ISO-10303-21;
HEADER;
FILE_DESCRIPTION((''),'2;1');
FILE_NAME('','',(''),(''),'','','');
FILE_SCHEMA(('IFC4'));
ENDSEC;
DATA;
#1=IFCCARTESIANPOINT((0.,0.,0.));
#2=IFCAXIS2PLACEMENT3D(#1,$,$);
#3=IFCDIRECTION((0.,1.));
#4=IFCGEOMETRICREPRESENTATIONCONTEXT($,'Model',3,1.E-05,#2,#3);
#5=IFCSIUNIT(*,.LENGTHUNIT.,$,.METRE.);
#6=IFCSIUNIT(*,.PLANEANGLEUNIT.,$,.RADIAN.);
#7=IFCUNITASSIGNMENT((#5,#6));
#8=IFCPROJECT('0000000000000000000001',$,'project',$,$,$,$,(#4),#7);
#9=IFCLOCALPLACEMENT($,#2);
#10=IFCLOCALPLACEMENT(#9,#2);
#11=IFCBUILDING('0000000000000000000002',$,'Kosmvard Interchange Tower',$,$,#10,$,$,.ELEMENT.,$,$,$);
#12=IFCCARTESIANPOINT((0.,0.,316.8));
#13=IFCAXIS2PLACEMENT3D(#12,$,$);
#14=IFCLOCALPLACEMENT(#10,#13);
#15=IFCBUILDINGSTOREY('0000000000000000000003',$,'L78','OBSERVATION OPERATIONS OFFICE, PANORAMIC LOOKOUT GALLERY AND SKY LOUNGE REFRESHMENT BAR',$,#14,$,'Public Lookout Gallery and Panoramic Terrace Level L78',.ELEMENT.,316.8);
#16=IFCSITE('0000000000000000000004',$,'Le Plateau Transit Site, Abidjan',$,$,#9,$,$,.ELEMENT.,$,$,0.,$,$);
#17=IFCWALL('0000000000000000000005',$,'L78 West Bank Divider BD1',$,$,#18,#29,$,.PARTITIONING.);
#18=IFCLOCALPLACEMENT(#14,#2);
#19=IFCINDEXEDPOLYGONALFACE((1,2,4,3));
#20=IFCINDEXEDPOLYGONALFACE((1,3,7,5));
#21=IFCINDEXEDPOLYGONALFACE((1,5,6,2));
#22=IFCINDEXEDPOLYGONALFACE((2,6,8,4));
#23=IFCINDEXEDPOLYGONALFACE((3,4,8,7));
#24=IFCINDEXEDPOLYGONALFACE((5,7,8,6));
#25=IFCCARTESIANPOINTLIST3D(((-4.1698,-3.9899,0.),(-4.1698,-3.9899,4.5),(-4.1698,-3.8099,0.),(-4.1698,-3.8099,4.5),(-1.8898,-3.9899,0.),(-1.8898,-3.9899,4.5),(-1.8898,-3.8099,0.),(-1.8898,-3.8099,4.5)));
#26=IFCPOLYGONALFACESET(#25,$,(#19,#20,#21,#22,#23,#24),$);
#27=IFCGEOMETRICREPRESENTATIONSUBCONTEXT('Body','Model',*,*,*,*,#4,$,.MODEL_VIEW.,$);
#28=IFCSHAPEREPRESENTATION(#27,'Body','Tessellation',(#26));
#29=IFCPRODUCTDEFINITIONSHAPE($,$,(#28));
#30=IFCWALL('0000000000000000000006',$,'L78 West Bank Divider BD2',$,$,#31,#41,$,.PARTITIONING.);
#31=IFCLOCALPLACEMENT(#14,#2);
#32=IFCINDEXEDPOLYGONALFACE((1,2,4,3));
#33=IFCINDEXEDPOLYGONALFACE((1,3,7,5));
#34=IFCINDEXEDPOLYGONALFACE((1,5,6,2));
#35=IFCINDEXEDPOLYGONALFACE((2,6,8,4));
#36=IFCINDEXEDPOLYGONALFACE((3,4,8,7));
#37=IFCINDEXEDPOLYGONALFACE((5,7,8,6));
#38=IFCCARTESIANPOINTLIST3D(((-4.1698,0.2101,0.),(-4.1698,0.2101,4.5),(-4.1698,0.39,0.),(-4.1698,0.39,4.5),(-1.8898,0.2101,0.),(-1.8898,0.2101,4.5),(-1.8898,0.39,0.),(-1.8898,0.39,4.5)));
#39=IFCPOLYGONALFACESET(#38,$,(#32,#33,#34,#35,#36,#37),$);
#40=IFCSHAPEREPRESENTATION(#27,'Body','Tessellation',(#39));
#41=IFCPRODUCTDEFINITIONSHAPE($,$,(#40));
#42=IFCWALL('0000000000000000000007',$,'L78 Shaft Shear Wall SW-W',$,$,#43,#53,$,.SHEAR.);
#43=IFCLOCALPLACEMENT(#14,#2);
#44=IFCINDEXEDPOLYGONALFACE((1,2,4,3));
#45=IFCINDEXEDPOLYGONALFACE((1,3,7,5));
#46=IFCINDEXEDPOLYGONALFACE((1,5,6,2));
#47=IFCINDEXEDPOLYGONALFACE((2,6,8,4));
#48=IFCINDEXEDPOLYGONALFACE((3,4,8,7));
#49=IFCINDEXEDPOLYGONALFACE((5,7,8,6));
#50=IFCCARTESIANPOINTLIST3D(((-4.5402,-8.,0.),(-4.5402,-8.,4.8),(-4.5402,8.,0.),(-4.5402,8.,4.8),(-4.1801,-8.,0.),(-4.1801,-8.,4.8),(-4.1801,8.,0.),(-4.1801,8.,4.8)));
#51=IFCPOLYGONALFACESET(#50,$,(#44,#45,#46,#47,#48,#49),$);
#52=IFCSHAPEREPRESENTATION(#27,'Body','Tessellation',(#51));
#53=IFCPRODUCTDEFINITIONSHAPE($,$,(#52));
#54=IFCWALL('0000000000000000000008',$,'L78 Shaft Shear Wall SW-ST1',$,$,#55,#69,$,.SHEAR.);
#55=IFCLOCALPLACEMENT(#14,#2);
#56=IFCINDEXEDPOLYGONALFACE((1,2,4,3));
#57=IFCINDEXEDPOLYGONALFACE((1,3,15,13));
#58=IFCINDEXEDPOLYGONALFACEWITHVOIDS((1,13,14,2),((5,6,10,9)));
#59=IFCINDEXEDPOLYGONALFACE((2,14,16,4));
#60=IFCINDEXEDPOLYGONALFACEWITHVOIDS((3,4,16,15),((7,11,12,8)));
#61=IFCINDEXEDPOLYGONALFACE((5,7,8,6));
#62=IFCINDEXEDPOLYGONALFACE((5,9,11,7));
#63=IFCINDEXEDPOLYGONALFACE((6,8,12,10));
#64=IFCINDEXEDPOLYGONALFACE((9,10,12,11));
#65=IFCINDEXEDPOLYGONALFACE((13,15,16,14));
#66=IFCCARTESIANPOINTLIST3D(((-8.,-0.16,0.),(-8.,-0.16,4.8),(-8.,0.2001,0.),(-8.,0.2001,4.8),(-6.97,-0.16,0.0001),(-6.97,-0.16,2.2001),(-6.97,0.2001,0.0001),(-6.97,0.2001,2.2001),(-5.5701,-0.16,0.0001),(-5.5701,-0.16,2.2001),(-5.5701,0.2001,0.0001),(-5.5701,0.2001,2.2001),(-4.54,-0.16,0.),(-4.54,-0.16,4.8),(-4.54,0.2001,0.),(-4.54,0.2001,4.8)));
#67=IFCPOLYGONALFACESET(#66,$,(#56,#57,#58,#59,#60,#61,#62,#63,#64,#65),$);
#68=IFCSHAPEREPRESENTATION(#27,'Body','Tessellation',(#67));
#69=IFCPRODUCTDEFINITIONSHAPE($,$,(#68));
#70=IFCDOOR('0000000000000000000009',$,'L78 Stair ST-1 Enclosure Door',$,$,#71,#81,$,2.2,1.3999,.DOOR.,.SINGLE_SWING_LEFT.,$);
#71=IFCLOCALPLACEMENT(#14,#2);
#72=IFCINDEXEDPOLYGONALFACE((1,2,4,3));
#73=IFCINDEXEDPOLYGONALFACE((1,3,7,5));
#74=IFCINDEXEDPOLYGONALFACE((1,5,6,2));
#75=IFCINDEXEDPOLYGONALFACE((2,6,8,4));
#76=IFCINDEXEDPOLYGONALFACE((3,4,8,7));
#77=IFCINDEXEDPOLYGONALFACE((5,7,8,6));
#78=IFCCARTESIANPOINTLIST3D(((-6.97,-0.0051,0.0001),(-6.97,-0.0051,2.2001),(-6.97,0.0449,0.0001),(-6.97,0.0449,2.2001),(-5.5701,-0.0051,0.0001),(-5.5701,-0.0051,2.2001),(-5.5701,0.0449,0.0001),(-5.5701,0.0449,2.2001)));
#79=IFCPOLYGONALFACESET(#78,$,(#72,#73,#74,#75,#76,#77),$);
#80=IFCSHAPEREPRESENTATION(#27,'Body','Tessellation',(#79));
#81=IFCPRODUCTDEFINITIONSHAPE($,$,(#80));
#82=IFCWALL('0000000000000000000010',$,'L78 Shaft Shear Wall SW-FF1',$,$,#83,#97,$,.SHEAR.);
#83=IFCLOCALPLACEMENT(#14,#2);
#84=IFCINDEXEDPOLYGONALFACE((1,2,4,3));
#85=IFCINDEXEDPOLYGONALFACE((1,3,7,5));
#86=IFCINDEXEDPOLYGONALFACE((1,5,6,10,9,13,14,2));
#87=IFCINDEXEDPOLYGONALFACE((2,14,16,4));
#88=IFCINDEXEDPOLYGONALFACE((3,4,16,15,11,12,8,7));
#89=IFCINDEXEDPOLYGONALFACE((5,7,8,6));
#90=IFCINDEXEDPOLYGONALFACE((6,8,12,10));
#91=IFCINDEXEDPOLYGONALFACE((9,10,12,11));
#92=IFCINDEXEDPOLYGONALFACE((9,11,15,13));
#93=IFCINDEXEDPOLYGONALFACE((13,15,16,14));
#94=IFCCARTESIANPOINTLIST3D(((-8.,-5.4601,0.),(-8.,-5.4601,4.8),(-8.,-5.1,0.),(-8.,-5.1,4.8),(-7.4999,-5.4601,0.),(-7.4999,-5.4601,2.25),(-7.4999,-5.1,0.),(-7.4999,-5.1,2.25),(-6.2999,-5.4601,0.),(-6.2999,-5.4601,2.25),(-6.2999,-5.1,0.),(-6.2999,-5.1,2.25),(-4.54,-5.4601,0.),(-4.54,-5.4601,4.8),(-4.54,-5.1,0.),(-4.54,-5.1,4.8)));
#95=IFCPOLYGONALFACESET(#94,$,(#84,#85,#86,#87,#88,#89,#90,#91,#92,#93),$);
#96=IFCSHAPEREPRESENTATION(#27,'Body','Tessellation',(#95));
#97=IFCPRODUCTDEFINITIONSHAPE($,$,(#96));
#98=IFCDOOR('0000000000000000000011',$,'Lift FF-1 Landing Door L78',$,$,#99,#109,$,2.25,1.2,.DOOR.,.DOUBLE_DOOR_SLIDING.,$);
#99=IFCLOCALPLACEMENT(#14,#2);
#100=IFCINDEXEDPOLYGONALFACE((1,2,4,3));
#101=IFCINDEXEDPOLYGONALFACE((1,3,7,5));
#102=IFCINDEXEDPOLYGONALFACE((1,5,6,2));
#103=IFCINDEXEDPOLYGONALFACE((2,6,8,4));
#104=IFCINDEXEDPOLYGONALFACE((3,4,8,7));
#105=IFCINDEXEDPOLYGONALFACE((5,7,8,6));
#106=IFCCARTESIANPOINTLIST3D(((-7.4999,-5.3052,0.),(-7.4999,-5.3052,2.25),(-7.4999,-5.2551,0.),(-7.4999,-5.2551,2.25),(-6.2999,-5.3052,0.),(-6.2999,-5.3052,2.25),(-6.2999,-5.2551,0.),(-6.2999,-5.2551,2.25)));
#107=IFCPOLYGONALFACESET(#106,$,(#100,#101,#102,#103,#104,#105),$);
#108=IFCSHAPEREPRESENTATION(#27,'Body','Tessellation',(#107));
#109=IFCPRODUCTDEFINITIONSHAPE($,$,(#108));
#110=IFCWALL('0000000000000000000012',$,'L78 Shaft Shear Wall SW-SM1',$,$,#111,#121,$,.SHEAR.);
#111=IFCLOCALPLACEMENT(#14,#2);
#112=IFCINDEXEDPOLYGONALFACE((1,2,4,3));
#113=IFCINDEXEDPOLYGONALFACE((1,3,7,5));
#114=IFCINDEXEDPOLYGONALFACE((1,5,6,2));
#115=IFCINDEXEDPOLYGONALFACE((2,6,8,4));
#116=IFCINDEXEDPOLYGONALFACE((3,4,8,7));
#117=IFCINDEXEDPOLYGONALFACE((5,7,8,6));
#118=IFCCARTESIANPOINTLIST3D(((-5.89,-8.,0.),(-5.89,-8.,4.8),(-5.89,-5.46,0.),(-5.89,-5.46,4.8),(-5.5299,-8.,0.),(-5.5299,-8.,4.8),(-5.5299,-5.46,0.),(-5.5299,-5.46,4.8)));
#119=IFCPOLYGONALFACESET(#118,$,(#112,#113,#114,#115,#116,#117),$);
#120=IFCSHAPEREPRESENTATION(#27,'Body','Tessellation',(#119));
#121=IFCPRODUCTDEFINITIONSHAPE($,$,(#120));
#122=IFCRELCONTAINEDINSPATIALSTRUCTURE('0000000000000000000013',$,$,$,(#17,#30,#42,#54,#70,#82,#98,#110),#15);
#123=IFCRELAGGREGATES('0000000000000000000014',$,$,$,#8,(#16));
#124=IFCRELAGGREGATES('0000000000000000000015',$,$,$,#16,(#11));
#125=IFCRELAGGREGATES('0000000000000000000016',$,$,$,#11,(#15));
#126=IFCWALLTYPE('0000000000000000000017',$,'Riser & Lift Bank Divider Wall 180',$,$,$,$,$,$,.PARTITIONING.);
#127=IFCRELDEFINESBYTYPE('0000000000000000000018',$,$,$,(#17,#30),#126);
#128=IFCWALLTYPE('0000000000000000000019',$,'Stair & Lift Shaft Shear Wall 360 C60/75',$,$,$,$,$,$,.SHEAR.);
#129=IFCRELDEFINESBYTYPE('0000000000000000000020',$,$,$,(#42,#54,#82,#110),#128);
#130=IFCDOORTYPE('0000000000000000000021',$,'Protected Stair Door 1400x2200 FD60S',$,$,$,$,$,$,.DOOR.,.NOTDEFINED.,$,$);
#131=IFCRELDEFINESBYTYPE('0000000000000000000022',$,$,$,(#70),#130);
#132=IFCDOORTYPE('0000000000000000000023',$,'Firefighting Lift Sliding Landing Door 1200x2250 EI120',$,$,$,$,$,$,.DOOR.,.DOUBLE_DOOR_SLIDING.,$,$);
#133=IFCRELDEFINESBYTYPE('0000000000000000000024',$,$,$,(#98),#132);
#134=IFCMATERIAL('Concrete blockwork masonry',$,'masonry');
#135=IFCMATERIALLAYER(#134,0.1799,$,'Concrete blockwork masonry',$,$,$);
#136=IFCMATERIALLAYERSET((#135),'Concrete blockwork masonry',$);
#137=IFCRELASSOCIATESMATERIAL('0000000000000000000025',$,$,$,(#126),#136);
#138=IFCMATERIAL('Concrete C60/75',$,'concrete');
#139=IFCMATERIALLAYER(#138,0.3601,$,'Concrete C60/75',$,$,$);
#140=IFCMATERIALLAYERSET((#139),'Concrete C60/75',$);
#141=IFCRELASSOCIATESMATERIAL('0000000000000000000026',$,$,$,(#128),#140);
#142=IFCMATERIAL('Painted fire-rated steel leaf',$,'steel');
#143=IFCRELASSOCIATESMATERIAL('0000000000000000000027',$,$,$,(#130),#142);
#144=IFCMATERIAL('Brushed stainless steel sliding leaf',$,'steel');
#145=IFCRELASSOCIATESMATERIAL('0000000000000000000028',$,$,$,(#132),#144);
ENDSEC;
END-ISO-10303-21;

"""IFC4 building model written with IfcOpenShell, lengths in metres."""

from ifc_helpers import new_model, si_unit, direction, frame, frame_2d, origin, place, context, subcontext, project, spatial, rectangle, extrude, source, transform, mapped, material, layer, layer_set, type_object, element, fill, save


model = new_model("IFC4")

# Units and contexts
model_context = context("Model", 3, precision=1e-05, world=origin(), true_north=direction((0.0, 1.0)))
body_context = subcontext(model_context, "Body", "Model", "MODEL_VIEW")
ifc_project = project(units=[si_unit("LENGTHUNIT", "METRE"), si_unit("PLANEANGLEUNIT", "RADIAN")], contexts=[model_context])

# Site, building, storey
site_placement = place(None, origin())
site = spatial("IfcSite", under=ifc_project, at=site_placement, Name="Le Plateau Transit Site, Abidjan", CompositionType="ELEMENT", RefElevation=0.0)
building_placement = place(site_placement, origin())
building = spatial("IfcBuilding", under=site, at=building_placement, Name="Kosmvard Interchange Tower", CompositionType="ELEMENT")
storey_placement = place(building_placement, frame((0.0, 0.0, 316.8)))
storey = spatial("IfcBuildingStorey", under=building, at=storey_placement, Name="L78", Description="OBSERVATION OPERATIONS OFFICE, PANORAMIC LOOKOUT GALLERY AND SKY LOUNGE REFRESHMENT BAR", LongName="Public Lookout Gallery and Panoramic Terrace Level L78", CompositionType="ELEMENT", Elevation=316.8)

# Shared definitions
ifc_material_1 = material(Name="Painted fire-rated steel leaf", Category="steel")
ifc_material_2 = material(Name="Brushed stainless steel sliding leaf", Category="steel")

# Walls
ifc_material_3 = material(Name="Concrete blockwork masonry", Category="masonry")
ifc_layer_1 = layer(ifc_material_3, 0.1799, Name="Concrete blockwork masonry")
ifc_layer_set_1 = layer_set([ifc_layer_1], Name="Concrete blockwork masonry")
wall_type_1 = type_object("IfcWallType", Name="Riser & Lift Bank Divider Wall 180", PredefinedType="PARTITIONING", material=ifc_layer_set_1)
for number, where, z_axis, x_axis, name in (
    (1, (-4.1699, -3.8999, 0.0), (0.0, 0.0, 1.0), (1.0, 0.0, 0.0), "L78 West Bank Divider BD1"),
    (2, (-4.1699, 0.3, 0.0), (0.0, 0.0, 1.0), (1.0, 0.0, 0.0), "L78 West Bank Divider BD2"),
):
    element("IfcWall", number, at=place(storey_placement, frame(where, z_axis=z_axis, x_axis=x_axis)), inside=storey, type_object=wall_type_1, Name=name, PredefinedType="PARTITIONING", context=body_context, shape_type="SweptSolid", body=[
        extrude(rectangle(XDim=2.28, YDim=0.1799, at=frame_2d((1.1401, 0.0))), origin(), (0.0, 0.0, 1.0), 4.5),
    ])
ifc_material_4 = material(Name="Concrete C60/75", Category="concrete")
ifc_layer_2 = layer(ifc_material_4, 0.3601, Name="Concrete C60/75")
ifc_layer_set_2 = layer_set([ifc_layer_2], Name="Concrete C60/75")
wall_type_2 = type_object("IfcWallType", Name="Stair & Lift Shaft Shear Wall 360 C60/75", PredefinedType="SHEAR", material=ifc_layer_set_2)
wall_1_placement = place(storey_placement, frame((-4.3601, -8.0, 0.0), z_axis=(0.0, 0.0, 1.0), x_axis=(0.0, 1.0, 0.0)))
element("IfcWall", 3, at=wall_1_placement, inside=storey, type_object=wall_type_2, Name="L78 Shaft Shear Wall SW-W", PredefinedType="SHEAR", context=body_context, shape_type="SweptSolid", body=[
    extrude(rectangle(XDim=16.0, YDim=0.3601, at=frame_2d((8.0, 0.0))), origin(), (0.0, 0.0, 1.0), 4.8),
])

# Walls, openings, doors
wall_2_placement = place(storey_placement, frame((-8.0, 0.02, 0.0), z_axis=(0.0, 0.0, 1.0), x_axis=(1.0, 0.0, 0.0)))
wall_2 = element("IfcWall", 4, at=wall_2_placement, inside=storey, type_object=wall_type_2, Name="L78 Shaft Shear Wall SW-ST1", PredefinedType="SHEAR", context=body_context, shape_type="SweptSolid", body=[
    extrude(rectangle(XDim=3.46, YDim=0.3601, at=frame_2d((1.73, 0.0))), origin(), (0.0, 0.0, 1.0), 4.8),
])
opening_1_placement = place(wall_2_placement, frame((1.03, 0.0, 0.0)))
opening_1 = element("IfcOpeningElement", 5, at=opening_1_placement, cuts=wall_2, PredefinedType="OPENING", context=body_context, shape_type="SweptSolid", body=[
    extrude(rectangle(XDim=1.3999, YDim=2.2, at=frame_2d((0.7, 1.1001))), frame((0.0, 0.1899, 0.0), z_axis=(0.0, -1.0, 0.0), x_axis=(1.0, 0.0, 0.0)), (0.0, 0.0, 1.0), 0.3801),
])
door_type_1 = type_object("IfcDoorType", Name="Protected Stair Door 1400x2200 FD60S", OperationType="NOTDEFINED", PredefinedType="DOOR", material=ifc_material_1)
shared_shape_1 = source(origin(), body_context, "Body", "SweptSolid", [
    extrude(rectangle(XDim=1.3999, YDim=2.2, at=frame_2d((0.7, 1.1001))), frame((0.0, 0.0249, 0.0), z_axis=(0.0, -1.0, 0.0), x_axis=(1.0, 0.0, 0.0)), (0.0, 0.0, 1.0), 0.05),
])
door_1_placement = place(opening_1_placement, origin())
door_1 = element("IfcDoor", 6, at=door_1_placement, inside=storey, type_object=door_type_1, Name="L78 Stair ST-1 Enclosure Door", OperationType="SINGLE_SWING_LEFT", OverallHeight=2.2, OverallWidth=1.3999, PredefinedType="DOOR", context=body_context, shape_type="MappedRepresentation", body=[
    mapped(shared_shape_1, transform((0.0, 0.0, 0.0), scale=1.0)),
])
fill(opening_1, door_1)
wall_3_placement = place(storey_placement, frame((-8.0, -5.28, 0.0), z_axis=(0.0, 0.0, 1.0), x_axis=(1.0, 0.0, 0.0)))
wall_3 = element("IfcWall", 7, at=wall_3_placement, inside=storey, type_object=wall_type_2, Name="L78 Shaft Shear Wall SW-FF1", PredefinedType="SHEAR", context=body_context, shape_type="SweptSolid", body=[
    extrude(rectangle(XDim=3.46, YDim=0.3601, at=frame_2d((1.73, 0.0))), origin(), (0.0, 0.0, 1.0), 4.8),
])
opening_2_placement = place(wall_3_placement, frame((0.5, 0.0, 0.0)))
opening_2 = element("IfcOpeningElement", 8, at=opening_2_placement, cuts=wall_3, PredefinedType="OPENING", context=body_context, shape_type="SweptSolid", body=[
    extrude(rectangle(XDim=1.2, YDim=2.25, at=frame_2d((0.6001, 1.125))), frame((0.0, 0.1899, 0.0), z_axis=(0.0, -1.0, 0.0), x_axis=(1.0, 0.0, 0.0)), (0.0, 0.0, 1.0), 0.3801),
])
door_type_2 = type_object("IfcDoorType", Name="Firefighting Lift Sliding Landing Door 1200x2250 EI120", OperationType="DOUBLE_DOOR_SLIDING", PredefinedType="DOOR", material=ifc_material_2)
shared_shape_2 = source(origin(), body_context, "Body", "SweptSolid", [
    extrude(rectangle(XDim=1.2, YDim=2.25, at=frame_2d((0.6001, 1.125))), frame((0.0, 0.0249, 0.0), z_axis=(0.0, -1.0, 0.0), x_axis=(1.0, 0.0, 0.0)), (0.0, 0.0, 1.0), 0.05),
])
door_2_placement = place(opening_2_placement, origin())
door_2 = element("IfcDoor", 9, at=door_2_placement, inside=storey, type_object=door_type_2, Name="Lift FF-1 Landing Door L78", OperationType="DOUBLE_DOOR_SLIDING", OverallHeight=2.25, OverallWidth=1.2, PredefinedType="DOOR", context=body_context, shape_type="MappedRepresentation", body=[
    mapped(shared_shape_2, transform((0.0, 0.0, 0.0), scale=1.0)),
])
fill(opening_2, door_2)

# Wall
wall_4_placement = place(storey_placement, frame((-5.71, -8.0, 0.0), z_axis=(0.0, 0.0, 1.0), x_axis=(0.0, 1.0, 0.0)))
element("IfcWall", 10, at=wall_4_placement, inside=storey, type_object=wall_type_2, Name="L78 Shaft Shear Wall SW-SM1", PredefinedType="SHEAR", context=body_context, shape_type="SweptSolid", body=[
    extrude(rectangle(XDim=2.54, YDim=0.3601, at=frame_2d((1.27, 0.0))), origin(), (0.0, 0.0, 1.0), 4.8),
])

save(model, "model.ifc")
